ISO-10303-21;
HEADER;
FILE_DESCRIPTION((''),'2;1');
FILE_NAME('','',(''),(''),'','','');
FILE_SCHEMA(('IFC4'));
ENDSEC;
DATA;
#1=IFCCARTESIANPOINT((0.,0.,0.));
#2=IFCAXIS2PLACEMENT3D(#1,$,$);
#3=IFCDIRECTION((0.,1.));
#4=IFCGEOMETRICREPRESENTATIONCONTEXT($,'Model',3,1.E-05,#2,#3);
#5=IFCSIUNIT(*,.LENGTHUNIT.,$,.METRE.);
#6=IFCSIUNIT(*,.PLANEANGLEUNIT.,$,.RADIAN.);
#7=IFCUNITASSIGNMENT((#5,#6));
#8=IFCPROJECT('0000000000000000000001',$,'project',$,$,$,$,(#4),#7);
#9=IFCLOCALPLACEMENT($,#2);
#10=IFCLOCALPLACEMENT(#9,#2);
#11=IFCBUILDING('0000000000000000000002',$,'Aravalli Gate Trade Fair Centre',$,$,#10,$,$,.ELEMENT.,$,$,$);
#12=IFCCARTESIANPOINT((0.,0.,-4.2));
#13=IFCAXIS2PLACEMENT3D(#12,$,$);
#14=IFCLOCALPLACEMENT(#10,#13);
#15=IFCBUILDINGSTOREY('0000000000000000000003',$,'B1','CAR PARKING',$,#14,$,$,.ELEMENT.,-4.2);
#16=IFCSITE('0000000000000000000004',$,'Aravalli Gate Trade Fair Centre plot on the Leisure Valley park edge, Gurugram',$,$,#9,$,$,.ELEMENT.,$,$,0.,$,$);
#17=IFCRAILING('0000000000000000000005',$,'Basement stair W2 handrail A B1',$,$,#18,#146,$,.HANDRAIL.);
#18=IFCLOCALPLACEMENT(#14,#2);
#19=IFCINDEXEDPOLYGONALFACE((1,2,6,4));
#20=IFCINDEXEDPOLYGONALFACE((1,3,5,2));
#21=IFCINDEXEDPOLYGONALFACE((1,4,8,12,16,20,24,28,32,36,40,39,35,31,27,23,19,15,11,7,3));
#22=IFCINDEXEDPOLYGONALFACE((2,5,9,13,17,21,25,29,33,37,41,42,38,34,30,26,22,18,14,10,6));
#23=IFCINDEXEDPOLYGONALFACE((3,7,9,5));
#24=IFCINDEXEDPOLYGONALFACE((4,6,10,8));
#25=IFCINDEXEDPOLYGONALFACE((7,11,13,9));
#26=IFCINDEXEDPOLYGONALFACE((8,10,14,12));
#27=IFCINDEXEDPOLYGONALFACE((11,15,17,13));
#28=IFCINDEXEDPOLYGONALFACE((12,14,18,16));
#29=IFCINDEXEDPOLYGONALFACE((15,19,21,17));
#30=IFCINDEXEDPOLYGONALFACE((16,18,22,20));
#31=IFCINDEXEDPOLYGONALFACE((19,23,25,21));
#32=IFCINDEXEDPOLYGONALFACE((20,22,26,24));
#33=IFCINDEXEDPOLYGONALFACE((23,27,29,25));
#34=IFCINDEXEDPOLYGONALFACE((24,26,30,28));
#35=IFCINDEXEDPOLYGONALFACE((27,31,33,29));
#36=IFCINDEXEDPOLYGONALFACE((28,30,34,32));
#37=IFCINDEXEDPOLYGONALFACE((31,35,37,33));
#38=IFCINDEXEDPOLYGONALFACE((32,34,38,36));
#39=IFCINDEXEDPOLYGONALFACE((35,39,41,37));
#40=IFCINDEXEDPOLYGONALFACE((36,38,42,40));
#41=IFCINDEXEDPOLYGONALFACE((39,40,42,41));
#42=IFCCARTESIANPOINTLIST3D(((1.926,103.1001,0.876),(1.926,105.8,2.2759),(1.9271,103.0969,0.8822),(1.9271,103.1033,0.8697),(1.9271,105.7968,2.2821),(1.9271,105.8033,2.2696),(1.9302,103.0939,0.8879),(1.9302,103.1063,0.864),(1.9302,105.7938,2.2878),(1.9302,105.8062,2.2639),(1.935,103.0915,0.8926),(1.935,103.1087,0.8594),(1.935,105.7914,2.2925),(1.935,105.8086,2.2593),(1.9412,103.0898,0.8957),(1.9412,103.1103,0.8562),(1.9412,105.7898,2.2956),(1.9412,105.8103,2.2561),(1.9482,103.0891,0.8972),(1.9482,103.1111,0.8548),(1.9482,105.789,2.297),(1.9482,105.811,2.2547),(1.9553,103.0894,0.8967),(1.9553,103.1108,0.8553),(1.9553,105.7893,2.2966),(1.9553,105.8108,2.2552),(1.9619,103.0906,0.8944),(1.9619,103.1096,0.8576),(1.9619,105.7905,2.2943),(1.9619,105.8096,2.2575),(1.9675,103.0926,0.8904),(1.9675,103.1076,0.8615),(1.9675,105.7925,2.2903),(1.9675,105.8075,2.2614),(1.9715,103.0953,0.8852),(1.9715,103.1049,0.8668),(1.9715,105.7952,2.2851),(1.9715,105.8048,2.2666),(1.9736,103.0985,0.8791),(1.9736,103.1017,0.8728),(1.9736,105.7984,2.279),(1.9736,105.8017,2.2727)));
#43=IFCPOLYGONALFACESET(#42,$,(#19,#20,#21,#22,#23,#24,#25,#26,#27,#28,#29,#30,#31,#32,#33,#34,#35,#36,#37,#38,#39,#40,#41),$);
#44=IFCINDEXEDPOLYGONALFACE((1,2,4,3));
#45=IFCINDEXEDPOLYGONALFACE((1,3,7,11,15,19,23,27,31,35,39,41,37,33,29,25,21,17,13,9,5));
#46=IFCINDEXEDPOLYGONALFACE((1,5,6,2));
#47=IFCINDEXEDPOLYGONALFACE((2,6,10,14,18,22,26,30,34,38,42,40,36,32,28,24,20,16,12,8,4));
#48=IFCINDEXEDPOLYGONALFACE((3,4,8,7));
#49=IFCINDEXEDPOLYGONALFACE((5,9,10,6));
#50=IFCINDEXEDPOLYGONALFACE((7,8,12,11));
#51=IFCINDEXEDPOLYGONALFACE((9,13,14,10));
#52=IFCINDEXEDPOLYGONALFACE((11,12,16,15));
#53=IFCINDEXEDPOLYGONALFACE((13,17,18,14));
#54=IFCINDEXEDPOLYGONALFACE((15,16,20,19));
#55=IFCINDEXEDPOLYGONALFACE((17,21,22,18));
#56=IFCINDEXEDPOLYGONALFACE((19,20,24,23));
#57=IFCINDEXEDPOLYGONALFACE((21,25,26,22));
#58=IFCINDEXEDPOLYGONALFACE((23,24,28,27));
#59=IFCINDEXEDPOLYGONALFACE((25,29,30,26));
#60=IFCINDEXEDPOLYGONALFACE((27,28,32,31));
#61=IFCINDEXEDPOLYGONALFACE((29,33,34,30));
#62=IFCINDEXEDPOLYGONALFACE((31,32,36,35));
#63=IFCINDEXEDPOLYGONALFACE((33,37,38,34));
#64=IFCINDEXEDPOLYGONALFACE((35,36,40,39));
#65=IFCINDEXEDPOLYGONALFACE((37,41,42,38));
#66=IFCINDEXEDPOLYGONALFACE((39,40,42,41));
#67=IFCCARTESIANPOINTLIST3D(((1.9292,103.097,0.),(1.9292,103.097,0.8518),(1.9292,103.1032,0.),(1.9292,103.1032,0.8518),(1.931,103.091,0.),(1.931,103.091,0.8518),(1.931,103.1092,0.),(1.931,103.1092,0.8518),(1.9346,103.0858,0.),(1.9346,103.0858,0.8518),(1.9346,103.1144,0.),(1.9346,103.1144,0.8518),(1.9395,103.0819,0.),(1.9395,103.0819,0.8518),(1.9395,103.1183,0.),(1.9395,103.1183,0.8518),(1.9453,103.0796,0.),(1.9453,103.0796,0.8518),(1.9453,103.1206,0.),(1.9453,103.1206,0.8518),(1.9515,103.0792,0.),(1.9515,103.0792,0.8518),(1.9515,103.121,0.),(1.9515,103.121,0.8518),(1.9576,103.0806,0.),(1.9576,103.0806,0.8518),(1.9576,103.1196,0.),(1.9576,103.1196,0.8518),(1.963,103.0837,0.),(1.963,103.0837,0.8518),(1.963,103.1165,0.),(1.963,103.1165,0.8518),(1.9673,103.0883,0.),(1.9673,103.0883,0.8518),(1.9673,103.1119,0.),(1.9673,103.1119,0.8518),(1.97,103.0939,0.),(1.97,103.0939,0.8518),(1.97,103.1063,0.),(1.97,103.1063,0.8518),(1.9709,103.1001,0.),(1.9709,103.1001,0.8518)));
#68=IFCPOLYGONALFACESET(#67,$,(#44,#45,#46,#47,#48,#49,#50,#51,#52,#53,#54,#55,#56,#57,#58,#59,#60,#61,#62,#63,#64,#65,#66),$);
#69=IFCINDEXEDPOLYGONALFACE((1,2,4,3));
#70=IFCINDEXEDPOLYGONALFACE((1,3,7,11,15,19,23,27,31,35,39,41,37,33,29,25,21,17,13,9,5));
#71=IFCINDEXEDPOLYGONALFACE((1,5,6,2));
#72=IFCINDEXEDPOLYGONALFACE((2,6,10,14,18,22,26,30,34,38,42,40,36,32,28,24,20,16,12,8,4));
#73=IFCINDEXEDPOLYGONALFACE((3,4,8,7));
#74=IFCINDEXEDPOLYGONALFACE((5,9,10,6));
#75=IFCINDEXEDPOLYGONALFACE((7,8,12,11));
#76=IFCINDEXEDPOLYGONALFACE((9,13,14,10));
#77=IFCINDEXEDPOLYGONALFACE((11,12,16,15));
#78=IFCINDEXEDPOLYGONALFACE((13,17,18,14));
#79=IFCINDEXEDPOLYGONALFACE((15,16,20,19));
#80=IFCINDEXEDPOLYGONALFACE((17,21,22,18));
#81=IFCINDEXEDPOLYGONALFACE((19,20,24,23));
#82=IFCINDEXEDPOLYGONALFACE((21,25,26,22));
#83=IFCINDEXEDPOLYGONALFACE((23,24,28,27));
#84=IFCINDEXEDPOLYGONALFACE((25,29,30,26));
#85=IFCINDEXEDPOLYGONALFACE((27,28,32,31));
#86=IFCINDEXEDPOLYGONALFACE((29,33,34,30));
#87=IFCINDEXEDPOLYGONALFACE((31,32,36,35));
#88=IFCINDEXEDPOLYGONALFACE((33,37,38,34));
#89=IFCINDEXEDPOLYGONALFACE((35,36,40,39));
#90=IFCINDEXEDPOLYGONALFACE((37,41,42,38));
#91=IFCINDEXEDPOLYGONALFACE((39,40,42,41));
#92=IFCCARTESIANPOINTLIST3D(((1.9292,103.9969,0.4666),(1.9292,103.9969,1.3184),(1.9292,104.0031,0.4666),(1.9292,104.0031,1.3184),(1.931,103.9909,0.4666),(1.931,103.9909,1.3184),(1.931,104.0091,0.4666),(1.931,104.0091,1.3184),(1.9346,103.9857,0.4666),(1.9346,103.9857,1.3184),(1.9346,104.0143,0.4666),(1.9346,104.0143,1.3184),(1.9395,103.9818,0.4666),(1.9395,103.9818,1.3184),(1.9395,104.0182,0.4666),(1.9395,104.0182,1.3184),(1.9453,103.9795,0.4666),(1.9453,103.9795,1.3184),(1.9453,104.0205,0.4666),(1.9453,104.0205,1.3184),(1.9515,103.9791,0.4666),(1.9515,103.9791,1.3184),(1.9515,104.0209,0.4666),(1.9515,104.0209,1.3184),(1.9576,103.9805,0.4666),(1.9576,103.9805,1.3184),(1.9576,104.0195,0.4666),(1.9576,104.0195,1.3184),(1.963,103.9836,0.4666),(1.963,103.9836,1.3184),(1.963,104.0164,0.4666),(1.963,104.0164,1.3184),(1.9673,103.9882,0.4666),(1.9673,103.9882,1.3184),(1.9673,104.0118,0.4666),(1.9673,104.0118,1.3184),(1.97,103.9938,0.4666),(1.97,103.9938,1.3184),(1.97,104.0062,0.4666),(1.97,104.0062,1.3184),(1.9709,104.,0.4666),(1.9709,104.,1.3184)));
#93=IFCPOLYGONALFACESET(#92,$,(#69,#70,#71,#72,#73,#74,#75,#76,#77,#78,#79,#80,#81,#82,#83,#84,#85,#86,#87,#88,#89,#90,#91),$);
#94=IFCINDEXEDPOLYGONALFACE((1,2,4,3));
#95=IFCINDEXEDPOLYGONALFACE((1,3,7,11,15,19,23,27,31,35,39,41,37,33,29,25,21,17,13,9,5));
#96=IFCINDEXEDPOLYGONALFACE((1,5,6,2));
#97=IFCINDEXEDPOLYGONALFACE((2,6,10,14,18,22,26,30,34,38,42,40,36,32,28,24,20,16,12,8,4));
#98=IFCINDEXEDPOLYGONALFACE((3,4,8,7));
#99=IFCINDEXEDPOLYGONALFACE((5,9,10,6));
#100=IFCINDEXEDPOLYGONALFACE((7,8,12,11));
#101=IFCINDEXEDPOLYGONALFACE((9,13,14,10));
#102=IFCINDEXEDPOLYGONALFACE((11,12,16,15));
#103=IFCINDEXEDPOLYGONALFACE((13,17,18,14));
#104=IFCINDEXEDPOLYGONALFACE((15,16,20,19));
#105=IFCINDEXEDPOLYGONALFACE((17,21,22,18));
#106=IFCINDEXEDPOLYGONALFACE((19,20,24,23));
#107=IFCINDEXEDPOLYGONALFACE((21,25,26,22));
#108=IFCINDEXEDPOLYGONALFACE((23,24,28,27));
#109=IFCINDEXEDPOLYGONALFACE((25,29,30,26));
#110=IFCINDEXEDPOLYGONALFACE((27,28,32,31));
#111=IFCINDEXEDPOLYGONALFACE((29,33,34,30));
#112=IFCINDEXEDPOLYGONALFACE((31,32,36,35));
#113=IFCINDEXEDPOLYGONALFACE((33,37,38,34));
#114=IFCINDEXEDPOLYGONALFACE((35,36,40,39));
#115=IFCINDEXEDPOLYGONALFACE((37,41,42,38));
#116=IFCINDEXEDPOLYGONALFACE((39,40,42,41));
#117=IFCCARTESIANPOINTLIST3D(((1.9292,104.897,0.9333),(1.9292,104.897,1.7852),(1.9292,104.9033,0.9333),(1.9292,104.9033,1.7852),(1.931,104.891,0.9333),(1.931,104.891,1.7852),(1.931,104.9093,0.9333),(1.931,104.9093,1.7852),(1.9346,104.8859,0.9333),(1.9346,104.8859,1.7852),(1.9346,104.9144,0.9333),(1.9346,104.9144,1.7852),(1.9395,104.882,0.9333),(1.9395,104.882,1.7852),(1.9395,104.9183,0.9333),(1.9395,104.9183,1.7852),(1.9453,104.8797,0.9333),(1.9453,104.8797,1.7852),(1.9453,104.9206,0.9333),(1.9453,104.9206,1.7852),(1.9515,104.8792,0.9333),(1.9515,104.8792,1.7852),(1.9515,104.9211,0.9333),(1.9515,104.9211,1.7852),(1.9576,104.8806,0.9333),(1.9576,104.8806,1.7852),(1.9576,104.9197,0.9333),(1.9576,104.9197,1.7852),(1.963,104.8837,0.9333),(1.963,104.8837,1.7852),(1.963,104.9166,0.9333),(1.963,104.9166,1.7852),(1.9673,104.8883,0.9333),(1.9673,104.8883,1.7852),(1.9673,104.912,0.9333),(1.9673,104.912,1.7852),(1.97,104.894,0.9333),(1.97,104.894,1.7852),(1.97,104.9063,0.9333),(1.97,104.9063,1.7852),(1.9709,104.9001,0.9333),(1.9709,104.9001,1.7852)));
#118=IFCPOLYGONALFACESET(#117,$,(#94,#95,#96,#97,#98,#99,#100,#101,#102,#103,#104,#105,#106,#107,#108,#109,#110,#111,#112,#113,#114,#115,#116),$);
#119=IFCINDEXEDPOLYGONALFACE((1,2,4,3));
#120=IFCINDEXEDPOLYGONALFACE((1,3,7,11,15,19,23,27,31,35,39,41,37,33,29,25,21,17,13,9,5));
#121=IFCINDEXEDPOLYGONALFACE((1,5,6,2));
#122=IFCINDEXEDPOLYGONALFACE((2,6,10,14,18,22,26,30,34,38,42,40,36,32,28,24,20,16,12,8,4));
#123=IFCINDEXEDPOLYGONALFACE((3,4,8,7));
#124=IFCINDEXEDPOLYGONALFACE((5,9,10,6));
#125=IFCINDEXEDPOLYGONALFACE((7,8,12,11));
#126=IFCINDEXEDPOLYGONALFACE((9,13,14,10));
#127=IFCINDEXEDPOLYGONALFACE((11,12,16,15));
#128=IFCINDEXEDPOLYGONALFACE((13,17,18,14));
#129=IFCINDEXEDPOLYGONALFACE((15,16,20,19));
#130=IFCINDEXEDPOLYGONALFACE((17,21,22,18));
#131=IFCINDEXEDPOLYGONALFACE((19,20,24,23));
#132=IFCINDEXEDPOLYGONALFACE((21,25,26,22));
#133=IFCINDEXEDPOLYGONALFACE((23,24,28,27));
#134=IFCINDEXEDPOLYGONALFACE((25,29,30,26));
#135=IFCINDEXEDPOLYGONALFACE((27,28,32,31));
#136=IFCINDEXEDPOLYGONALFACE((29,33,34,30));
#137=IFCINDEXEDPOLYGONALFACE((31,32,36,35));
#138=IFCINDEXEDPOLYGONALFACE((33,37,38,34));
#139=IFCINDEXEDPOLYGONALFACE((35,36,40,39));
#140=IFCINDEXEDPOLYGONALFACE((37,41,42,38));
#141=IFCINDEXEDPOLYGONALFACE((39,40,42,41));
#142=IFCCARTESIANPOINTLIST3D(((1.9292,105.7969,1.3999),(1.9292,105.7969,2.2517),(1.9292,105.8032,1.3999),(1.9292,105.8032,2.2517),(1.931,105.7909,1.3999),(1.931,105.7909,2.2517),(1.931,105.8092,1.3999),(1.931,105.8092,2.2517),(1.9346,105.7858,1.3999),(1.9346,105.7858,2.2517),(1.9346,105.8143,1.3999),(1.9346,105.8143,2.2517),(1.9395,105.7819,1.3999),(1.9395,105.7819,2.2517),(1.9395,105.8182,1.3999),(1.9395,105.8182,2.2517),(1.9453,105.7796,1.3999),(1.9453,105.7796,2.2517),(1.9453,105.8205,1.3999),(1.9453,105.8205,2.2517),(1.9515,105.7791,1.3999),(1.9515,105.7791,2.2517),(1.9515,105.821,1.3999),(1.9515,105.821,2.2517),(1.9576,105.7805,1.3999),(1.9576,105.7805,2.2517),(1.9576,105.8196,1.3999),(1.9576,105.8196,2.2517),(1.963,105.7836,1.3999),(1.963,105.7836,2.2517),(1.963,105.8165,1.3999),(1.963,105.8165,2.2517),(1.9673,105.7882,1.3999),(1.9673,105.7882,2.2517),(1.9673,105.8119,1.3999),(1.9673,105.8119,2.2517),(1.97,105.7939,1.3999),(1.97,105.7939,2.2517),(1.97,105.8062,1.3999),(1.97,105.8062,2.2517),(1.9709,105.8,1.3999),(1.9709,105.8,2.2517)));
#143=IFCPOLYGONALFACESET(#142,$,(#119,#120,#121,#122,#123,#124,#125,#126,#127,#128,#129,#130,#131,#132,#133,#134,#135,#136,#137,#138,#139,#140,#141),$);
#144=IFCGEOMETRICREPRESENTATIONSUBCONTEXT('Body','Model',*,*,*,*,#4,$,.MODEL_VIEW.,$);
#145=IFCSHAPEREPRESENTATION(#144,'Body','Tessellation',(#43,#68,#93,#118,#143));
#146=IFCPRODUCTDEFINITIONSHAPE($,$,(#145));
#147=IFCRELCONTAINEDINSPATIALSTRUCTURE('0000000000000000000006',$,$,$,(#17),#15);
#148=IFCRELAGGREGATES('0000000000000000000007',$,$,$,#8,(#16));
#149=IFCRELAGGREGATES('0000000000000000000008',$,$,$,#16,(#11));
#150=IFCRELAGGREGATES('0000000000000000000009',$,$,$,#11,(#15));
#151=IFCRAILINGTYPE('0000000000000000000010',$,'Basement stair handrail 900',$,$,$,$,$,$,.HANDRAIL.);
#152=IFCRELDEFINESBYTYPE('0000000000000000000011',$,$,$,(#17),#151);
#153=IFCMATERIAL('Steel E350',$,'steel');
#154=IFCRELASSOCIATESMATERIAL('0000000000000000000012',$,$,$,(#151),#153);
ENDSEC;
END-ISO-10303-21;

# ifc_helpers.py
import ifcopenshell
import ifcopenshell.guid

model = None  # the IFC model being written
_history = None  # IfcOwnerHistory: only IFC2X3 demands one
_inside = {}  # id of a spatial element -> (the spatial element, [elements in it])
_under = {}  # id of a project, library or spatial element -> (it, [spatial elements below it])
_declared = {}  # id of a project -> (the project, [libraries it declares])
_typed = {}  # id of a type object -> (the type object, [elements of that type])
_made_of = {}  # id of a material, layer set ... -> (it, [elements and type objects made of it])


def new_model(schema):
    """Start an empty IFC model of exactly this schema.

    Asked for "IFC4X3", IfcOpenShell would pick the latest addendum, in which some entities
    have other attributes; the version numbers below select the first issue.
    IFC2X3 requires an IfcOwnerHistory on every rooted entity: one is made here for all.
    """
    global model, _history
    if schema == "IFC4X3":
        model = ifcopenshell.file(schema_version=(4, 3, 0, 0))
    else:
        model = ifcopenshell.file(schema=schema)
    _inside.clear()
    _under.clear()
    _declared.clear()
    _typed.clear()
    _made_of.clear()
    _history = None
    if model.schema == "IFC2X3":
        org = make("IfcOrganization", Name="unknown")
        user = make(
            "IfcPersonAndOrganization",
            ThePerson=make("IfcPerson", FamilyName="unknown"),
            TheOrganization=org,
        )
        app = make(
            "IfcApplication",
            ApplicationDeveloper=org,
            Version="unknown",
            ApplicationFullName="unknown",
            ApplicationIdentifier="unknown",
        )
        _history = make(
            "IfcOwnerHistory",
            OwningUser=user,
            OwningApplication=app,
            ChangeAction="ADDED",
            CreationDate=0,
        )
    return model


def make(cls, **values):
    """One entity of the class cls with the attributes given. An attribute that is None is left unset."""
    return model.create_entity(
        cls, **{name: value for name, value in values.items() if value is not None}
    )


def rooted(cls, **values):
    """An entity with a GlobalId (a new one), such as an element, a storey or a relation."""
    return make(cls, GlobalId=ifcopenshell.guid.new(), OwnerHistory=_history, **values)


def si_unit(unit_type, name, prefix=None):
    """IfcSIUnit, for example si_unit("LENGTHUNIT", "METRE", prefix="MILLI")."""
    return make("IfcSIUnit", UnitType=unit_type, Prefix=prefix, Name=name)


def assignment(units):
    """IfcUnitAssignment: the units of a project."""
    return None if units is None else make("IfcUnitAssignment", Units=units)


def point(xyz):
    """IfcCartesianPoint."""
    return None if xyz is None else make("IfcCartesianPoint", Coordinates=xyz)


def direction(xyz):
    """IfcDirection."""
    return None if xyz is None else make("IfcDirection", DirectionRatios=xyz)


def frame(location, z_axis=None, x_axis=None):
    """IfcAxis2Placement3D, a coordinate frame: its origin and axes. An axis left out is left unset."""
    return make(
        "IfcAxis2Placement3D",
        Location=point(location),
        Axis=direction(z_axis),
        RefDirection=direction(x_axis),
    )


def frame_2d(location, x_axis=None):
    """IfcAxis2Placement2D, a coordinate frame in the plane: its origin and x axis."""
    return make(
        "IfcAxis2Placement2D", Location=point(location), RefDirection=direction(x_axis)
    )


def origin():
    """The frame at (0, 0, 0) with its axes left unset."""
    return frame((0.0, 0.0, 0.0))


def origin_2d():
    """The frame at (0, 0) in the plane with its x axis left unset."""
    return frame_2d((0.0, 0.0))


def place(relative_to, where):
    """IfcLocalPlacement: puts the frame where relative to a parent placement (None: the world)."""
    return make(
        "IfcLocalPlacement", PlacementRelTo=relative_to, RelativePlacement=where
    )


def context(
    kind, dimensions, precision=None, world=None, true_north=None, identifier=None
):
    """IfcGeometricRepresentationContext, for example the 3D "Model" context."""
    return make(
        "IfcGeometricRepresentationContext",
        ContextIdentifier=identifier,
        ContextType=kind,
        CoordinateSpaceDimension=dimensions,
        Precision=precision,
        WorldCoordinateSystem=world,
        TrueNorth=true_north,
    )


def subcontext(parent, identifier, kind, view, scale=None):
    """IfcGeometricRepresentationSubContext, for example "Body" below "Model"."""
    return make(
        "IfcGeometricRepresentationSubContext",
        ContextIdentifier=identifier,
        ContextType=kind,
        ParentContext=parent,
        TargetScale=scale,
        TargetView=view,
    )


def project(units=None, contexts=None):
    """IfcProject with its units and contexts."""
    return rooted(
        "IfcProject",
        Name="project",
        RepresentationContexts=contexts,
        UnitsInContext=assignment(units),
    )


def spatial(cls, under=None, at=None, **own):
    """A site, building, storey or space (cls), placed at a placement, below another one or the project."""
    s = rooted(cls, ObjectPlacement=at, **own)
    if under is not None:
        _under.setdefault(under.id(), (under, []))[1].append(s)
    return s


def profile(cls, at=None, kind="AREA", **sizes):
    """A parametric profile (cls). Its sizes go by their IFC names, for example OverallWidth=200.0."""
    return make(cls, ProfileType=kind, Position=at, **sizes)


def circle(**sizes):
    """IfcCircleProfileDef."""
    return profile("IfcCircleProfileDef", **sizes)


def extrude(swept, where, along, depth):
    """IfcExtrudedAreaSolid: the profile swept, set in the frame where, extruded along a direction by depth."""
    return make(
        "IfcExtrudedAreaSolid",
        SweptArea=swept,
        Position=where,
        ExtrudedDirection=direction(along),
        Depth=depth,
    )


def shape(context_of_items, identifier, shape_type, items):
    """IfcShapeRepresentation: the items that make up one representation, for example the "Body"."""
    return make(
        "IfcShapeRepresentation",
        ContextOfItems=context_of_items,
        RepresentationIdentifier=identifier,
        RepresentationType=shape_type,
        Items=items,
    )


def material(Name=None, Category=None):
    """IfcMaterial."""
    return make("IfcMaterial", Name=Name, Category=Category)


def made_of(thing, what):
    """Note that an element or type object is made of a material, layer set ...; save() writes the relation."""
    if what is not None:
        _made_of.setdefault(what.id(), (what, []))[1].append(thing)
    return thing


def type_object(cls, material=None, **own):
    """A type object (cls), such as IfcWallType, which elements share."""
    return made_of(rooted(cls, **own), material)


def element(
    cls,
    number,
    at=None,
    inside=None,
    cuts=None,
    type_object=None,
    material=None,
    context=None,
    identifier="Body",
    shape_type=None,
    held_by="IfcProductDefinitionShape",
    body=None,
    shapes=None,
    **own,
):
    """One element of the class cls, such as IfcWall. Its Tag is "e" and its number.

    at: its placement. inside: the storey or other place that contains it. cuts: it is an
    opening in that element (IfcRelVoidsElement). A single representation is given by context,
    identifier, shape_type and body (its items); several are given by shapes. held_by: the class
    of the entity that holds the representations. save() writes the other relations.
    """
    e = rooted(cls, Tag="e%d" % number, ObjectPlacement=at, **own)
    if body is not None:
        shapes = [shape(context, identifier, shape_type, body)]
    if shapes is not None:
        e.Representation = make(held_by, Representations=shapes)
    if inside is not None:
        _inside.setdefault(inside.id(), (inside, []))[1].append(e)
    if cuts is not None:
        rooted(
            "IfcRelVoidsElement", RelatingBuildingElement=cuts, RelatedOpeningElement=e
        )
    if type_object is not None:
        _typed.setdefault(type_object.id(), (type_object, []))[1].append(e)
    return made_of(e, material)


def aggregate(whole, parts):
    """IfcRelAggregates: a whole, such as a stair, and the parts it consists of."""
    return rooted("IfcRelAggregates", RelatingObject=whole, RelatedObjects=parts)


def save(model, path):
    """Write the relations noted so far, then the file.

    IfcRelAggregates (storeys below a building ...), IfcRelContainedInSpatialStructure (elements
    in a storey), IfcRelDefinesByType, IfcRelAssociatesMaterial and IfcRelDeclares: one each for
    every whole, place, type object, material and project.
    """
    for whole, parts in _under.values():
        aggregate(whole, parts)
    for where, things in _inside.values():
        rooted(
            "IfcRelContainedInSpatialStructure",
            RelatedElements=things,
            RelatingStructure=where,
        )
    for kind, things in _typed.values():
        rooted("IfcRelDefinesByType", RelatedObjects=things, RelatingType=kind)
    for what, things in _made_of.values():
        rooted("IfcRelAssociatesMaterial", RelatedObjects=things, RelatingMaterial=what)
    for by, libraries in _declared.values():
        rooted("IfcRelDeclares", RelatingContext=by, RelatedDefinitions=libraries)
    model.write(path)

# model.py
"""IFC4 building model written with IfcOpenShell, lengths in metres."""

from ifc_helpers import new_model, si_unit, direction, frame, origin, origin_2d, place, context, subcontext, project, spatial, circle, extrude, material, type_object, element, save


model = new_model("IFC4")

# Units and contexts
model_context = context("Model", 3, precision=1e-05, world=origin(), true_north=direction((0.0, 1.0)))
body_context = subcontext(model_context, "Body", "Model", "MODEL_VIEW")
ifc_project = project(units=[si_unit("LENGTHUNIT", "METRE"), si_unit("PLANEANGLEUNIT", "RADIAN")], contexts=[model_context])

# Site, building, storey
site_placement = place(None, origin())
site = spatial("IfcSite", under=ifc_project, at=site_placement, Name="Aravalli Gate Trade Fair Centre plot on the Leisure Valley park edge, Gurugram", CompositionType="ELEMENT", RefElevation=0.0)
building_placement = place(site_placement, origin())
building = spatial("IfcBuilding", under=site, at=building_placement, Name="Aravalli Gate Trade Fair Centre", CompositionType="ELEMENT")
storey_placement = place(building_placement, frame((0.0, 0.0, -4.2)))
storey = spatial("IfcBuildingStorey", under=building, at=storey_placement, Name="B1", Description="CAR PARKING", CompositionType="ELEMENT", Elevation=-4.2)

# Railing
ifc_material_1 = material(Name="Steel E350", Category="steel")
railing_type_1 = type_object("IfcRailingType", Name="Basement stair handrail 900", PredefinedType="HANDRAIL", material=ifc_material_1)
for number, where, name in (
    (1, (1.95, 103.1001, 0.0), "Basement stair W2 handrail A B1"),
):
    element("IfcRailing", number, at=place(storey_placement, frame(where)), inside=storey, type_object=railing_type_1, Name=name, PredefinedType="HANDRAIL", context=body_context, shape_type="SweptSolid", body=[
        extrude(circle(Radius=0.0239, at=origin_2d()), frame((0.0, 0.0, 0.876), z_axis=(0.0, 0.887764, 0.460298), x_axis=(-1.0, 0.0, 0.0)), (0.0, 0.0, 1.0), 3.0413),
        extrude(circle(Radius=0.021, at=origin_2d()), origin(), (0.0, 0.0, 1.0), 0.8518),
        extrude(circle(Radius=0.021, at=origin_2d()), frame((0.0, 0.8999, 0.4666)), (0.0, 0.0, 1.0), 0.8518),
        extrude(circle(Radius=0.021, at=origin_2d()), frame((0.0, 1.8, 0.9333)), (0.0, 0.0, 1.0), 0.8518),
        extrude(circle(Radius=0.021, at=origin_2d()), frame((0.0, 2.7, 1.3999)), (0.0, 0.0, 1.0), 0.8518),
    ])

save(model, "model.ifc")
